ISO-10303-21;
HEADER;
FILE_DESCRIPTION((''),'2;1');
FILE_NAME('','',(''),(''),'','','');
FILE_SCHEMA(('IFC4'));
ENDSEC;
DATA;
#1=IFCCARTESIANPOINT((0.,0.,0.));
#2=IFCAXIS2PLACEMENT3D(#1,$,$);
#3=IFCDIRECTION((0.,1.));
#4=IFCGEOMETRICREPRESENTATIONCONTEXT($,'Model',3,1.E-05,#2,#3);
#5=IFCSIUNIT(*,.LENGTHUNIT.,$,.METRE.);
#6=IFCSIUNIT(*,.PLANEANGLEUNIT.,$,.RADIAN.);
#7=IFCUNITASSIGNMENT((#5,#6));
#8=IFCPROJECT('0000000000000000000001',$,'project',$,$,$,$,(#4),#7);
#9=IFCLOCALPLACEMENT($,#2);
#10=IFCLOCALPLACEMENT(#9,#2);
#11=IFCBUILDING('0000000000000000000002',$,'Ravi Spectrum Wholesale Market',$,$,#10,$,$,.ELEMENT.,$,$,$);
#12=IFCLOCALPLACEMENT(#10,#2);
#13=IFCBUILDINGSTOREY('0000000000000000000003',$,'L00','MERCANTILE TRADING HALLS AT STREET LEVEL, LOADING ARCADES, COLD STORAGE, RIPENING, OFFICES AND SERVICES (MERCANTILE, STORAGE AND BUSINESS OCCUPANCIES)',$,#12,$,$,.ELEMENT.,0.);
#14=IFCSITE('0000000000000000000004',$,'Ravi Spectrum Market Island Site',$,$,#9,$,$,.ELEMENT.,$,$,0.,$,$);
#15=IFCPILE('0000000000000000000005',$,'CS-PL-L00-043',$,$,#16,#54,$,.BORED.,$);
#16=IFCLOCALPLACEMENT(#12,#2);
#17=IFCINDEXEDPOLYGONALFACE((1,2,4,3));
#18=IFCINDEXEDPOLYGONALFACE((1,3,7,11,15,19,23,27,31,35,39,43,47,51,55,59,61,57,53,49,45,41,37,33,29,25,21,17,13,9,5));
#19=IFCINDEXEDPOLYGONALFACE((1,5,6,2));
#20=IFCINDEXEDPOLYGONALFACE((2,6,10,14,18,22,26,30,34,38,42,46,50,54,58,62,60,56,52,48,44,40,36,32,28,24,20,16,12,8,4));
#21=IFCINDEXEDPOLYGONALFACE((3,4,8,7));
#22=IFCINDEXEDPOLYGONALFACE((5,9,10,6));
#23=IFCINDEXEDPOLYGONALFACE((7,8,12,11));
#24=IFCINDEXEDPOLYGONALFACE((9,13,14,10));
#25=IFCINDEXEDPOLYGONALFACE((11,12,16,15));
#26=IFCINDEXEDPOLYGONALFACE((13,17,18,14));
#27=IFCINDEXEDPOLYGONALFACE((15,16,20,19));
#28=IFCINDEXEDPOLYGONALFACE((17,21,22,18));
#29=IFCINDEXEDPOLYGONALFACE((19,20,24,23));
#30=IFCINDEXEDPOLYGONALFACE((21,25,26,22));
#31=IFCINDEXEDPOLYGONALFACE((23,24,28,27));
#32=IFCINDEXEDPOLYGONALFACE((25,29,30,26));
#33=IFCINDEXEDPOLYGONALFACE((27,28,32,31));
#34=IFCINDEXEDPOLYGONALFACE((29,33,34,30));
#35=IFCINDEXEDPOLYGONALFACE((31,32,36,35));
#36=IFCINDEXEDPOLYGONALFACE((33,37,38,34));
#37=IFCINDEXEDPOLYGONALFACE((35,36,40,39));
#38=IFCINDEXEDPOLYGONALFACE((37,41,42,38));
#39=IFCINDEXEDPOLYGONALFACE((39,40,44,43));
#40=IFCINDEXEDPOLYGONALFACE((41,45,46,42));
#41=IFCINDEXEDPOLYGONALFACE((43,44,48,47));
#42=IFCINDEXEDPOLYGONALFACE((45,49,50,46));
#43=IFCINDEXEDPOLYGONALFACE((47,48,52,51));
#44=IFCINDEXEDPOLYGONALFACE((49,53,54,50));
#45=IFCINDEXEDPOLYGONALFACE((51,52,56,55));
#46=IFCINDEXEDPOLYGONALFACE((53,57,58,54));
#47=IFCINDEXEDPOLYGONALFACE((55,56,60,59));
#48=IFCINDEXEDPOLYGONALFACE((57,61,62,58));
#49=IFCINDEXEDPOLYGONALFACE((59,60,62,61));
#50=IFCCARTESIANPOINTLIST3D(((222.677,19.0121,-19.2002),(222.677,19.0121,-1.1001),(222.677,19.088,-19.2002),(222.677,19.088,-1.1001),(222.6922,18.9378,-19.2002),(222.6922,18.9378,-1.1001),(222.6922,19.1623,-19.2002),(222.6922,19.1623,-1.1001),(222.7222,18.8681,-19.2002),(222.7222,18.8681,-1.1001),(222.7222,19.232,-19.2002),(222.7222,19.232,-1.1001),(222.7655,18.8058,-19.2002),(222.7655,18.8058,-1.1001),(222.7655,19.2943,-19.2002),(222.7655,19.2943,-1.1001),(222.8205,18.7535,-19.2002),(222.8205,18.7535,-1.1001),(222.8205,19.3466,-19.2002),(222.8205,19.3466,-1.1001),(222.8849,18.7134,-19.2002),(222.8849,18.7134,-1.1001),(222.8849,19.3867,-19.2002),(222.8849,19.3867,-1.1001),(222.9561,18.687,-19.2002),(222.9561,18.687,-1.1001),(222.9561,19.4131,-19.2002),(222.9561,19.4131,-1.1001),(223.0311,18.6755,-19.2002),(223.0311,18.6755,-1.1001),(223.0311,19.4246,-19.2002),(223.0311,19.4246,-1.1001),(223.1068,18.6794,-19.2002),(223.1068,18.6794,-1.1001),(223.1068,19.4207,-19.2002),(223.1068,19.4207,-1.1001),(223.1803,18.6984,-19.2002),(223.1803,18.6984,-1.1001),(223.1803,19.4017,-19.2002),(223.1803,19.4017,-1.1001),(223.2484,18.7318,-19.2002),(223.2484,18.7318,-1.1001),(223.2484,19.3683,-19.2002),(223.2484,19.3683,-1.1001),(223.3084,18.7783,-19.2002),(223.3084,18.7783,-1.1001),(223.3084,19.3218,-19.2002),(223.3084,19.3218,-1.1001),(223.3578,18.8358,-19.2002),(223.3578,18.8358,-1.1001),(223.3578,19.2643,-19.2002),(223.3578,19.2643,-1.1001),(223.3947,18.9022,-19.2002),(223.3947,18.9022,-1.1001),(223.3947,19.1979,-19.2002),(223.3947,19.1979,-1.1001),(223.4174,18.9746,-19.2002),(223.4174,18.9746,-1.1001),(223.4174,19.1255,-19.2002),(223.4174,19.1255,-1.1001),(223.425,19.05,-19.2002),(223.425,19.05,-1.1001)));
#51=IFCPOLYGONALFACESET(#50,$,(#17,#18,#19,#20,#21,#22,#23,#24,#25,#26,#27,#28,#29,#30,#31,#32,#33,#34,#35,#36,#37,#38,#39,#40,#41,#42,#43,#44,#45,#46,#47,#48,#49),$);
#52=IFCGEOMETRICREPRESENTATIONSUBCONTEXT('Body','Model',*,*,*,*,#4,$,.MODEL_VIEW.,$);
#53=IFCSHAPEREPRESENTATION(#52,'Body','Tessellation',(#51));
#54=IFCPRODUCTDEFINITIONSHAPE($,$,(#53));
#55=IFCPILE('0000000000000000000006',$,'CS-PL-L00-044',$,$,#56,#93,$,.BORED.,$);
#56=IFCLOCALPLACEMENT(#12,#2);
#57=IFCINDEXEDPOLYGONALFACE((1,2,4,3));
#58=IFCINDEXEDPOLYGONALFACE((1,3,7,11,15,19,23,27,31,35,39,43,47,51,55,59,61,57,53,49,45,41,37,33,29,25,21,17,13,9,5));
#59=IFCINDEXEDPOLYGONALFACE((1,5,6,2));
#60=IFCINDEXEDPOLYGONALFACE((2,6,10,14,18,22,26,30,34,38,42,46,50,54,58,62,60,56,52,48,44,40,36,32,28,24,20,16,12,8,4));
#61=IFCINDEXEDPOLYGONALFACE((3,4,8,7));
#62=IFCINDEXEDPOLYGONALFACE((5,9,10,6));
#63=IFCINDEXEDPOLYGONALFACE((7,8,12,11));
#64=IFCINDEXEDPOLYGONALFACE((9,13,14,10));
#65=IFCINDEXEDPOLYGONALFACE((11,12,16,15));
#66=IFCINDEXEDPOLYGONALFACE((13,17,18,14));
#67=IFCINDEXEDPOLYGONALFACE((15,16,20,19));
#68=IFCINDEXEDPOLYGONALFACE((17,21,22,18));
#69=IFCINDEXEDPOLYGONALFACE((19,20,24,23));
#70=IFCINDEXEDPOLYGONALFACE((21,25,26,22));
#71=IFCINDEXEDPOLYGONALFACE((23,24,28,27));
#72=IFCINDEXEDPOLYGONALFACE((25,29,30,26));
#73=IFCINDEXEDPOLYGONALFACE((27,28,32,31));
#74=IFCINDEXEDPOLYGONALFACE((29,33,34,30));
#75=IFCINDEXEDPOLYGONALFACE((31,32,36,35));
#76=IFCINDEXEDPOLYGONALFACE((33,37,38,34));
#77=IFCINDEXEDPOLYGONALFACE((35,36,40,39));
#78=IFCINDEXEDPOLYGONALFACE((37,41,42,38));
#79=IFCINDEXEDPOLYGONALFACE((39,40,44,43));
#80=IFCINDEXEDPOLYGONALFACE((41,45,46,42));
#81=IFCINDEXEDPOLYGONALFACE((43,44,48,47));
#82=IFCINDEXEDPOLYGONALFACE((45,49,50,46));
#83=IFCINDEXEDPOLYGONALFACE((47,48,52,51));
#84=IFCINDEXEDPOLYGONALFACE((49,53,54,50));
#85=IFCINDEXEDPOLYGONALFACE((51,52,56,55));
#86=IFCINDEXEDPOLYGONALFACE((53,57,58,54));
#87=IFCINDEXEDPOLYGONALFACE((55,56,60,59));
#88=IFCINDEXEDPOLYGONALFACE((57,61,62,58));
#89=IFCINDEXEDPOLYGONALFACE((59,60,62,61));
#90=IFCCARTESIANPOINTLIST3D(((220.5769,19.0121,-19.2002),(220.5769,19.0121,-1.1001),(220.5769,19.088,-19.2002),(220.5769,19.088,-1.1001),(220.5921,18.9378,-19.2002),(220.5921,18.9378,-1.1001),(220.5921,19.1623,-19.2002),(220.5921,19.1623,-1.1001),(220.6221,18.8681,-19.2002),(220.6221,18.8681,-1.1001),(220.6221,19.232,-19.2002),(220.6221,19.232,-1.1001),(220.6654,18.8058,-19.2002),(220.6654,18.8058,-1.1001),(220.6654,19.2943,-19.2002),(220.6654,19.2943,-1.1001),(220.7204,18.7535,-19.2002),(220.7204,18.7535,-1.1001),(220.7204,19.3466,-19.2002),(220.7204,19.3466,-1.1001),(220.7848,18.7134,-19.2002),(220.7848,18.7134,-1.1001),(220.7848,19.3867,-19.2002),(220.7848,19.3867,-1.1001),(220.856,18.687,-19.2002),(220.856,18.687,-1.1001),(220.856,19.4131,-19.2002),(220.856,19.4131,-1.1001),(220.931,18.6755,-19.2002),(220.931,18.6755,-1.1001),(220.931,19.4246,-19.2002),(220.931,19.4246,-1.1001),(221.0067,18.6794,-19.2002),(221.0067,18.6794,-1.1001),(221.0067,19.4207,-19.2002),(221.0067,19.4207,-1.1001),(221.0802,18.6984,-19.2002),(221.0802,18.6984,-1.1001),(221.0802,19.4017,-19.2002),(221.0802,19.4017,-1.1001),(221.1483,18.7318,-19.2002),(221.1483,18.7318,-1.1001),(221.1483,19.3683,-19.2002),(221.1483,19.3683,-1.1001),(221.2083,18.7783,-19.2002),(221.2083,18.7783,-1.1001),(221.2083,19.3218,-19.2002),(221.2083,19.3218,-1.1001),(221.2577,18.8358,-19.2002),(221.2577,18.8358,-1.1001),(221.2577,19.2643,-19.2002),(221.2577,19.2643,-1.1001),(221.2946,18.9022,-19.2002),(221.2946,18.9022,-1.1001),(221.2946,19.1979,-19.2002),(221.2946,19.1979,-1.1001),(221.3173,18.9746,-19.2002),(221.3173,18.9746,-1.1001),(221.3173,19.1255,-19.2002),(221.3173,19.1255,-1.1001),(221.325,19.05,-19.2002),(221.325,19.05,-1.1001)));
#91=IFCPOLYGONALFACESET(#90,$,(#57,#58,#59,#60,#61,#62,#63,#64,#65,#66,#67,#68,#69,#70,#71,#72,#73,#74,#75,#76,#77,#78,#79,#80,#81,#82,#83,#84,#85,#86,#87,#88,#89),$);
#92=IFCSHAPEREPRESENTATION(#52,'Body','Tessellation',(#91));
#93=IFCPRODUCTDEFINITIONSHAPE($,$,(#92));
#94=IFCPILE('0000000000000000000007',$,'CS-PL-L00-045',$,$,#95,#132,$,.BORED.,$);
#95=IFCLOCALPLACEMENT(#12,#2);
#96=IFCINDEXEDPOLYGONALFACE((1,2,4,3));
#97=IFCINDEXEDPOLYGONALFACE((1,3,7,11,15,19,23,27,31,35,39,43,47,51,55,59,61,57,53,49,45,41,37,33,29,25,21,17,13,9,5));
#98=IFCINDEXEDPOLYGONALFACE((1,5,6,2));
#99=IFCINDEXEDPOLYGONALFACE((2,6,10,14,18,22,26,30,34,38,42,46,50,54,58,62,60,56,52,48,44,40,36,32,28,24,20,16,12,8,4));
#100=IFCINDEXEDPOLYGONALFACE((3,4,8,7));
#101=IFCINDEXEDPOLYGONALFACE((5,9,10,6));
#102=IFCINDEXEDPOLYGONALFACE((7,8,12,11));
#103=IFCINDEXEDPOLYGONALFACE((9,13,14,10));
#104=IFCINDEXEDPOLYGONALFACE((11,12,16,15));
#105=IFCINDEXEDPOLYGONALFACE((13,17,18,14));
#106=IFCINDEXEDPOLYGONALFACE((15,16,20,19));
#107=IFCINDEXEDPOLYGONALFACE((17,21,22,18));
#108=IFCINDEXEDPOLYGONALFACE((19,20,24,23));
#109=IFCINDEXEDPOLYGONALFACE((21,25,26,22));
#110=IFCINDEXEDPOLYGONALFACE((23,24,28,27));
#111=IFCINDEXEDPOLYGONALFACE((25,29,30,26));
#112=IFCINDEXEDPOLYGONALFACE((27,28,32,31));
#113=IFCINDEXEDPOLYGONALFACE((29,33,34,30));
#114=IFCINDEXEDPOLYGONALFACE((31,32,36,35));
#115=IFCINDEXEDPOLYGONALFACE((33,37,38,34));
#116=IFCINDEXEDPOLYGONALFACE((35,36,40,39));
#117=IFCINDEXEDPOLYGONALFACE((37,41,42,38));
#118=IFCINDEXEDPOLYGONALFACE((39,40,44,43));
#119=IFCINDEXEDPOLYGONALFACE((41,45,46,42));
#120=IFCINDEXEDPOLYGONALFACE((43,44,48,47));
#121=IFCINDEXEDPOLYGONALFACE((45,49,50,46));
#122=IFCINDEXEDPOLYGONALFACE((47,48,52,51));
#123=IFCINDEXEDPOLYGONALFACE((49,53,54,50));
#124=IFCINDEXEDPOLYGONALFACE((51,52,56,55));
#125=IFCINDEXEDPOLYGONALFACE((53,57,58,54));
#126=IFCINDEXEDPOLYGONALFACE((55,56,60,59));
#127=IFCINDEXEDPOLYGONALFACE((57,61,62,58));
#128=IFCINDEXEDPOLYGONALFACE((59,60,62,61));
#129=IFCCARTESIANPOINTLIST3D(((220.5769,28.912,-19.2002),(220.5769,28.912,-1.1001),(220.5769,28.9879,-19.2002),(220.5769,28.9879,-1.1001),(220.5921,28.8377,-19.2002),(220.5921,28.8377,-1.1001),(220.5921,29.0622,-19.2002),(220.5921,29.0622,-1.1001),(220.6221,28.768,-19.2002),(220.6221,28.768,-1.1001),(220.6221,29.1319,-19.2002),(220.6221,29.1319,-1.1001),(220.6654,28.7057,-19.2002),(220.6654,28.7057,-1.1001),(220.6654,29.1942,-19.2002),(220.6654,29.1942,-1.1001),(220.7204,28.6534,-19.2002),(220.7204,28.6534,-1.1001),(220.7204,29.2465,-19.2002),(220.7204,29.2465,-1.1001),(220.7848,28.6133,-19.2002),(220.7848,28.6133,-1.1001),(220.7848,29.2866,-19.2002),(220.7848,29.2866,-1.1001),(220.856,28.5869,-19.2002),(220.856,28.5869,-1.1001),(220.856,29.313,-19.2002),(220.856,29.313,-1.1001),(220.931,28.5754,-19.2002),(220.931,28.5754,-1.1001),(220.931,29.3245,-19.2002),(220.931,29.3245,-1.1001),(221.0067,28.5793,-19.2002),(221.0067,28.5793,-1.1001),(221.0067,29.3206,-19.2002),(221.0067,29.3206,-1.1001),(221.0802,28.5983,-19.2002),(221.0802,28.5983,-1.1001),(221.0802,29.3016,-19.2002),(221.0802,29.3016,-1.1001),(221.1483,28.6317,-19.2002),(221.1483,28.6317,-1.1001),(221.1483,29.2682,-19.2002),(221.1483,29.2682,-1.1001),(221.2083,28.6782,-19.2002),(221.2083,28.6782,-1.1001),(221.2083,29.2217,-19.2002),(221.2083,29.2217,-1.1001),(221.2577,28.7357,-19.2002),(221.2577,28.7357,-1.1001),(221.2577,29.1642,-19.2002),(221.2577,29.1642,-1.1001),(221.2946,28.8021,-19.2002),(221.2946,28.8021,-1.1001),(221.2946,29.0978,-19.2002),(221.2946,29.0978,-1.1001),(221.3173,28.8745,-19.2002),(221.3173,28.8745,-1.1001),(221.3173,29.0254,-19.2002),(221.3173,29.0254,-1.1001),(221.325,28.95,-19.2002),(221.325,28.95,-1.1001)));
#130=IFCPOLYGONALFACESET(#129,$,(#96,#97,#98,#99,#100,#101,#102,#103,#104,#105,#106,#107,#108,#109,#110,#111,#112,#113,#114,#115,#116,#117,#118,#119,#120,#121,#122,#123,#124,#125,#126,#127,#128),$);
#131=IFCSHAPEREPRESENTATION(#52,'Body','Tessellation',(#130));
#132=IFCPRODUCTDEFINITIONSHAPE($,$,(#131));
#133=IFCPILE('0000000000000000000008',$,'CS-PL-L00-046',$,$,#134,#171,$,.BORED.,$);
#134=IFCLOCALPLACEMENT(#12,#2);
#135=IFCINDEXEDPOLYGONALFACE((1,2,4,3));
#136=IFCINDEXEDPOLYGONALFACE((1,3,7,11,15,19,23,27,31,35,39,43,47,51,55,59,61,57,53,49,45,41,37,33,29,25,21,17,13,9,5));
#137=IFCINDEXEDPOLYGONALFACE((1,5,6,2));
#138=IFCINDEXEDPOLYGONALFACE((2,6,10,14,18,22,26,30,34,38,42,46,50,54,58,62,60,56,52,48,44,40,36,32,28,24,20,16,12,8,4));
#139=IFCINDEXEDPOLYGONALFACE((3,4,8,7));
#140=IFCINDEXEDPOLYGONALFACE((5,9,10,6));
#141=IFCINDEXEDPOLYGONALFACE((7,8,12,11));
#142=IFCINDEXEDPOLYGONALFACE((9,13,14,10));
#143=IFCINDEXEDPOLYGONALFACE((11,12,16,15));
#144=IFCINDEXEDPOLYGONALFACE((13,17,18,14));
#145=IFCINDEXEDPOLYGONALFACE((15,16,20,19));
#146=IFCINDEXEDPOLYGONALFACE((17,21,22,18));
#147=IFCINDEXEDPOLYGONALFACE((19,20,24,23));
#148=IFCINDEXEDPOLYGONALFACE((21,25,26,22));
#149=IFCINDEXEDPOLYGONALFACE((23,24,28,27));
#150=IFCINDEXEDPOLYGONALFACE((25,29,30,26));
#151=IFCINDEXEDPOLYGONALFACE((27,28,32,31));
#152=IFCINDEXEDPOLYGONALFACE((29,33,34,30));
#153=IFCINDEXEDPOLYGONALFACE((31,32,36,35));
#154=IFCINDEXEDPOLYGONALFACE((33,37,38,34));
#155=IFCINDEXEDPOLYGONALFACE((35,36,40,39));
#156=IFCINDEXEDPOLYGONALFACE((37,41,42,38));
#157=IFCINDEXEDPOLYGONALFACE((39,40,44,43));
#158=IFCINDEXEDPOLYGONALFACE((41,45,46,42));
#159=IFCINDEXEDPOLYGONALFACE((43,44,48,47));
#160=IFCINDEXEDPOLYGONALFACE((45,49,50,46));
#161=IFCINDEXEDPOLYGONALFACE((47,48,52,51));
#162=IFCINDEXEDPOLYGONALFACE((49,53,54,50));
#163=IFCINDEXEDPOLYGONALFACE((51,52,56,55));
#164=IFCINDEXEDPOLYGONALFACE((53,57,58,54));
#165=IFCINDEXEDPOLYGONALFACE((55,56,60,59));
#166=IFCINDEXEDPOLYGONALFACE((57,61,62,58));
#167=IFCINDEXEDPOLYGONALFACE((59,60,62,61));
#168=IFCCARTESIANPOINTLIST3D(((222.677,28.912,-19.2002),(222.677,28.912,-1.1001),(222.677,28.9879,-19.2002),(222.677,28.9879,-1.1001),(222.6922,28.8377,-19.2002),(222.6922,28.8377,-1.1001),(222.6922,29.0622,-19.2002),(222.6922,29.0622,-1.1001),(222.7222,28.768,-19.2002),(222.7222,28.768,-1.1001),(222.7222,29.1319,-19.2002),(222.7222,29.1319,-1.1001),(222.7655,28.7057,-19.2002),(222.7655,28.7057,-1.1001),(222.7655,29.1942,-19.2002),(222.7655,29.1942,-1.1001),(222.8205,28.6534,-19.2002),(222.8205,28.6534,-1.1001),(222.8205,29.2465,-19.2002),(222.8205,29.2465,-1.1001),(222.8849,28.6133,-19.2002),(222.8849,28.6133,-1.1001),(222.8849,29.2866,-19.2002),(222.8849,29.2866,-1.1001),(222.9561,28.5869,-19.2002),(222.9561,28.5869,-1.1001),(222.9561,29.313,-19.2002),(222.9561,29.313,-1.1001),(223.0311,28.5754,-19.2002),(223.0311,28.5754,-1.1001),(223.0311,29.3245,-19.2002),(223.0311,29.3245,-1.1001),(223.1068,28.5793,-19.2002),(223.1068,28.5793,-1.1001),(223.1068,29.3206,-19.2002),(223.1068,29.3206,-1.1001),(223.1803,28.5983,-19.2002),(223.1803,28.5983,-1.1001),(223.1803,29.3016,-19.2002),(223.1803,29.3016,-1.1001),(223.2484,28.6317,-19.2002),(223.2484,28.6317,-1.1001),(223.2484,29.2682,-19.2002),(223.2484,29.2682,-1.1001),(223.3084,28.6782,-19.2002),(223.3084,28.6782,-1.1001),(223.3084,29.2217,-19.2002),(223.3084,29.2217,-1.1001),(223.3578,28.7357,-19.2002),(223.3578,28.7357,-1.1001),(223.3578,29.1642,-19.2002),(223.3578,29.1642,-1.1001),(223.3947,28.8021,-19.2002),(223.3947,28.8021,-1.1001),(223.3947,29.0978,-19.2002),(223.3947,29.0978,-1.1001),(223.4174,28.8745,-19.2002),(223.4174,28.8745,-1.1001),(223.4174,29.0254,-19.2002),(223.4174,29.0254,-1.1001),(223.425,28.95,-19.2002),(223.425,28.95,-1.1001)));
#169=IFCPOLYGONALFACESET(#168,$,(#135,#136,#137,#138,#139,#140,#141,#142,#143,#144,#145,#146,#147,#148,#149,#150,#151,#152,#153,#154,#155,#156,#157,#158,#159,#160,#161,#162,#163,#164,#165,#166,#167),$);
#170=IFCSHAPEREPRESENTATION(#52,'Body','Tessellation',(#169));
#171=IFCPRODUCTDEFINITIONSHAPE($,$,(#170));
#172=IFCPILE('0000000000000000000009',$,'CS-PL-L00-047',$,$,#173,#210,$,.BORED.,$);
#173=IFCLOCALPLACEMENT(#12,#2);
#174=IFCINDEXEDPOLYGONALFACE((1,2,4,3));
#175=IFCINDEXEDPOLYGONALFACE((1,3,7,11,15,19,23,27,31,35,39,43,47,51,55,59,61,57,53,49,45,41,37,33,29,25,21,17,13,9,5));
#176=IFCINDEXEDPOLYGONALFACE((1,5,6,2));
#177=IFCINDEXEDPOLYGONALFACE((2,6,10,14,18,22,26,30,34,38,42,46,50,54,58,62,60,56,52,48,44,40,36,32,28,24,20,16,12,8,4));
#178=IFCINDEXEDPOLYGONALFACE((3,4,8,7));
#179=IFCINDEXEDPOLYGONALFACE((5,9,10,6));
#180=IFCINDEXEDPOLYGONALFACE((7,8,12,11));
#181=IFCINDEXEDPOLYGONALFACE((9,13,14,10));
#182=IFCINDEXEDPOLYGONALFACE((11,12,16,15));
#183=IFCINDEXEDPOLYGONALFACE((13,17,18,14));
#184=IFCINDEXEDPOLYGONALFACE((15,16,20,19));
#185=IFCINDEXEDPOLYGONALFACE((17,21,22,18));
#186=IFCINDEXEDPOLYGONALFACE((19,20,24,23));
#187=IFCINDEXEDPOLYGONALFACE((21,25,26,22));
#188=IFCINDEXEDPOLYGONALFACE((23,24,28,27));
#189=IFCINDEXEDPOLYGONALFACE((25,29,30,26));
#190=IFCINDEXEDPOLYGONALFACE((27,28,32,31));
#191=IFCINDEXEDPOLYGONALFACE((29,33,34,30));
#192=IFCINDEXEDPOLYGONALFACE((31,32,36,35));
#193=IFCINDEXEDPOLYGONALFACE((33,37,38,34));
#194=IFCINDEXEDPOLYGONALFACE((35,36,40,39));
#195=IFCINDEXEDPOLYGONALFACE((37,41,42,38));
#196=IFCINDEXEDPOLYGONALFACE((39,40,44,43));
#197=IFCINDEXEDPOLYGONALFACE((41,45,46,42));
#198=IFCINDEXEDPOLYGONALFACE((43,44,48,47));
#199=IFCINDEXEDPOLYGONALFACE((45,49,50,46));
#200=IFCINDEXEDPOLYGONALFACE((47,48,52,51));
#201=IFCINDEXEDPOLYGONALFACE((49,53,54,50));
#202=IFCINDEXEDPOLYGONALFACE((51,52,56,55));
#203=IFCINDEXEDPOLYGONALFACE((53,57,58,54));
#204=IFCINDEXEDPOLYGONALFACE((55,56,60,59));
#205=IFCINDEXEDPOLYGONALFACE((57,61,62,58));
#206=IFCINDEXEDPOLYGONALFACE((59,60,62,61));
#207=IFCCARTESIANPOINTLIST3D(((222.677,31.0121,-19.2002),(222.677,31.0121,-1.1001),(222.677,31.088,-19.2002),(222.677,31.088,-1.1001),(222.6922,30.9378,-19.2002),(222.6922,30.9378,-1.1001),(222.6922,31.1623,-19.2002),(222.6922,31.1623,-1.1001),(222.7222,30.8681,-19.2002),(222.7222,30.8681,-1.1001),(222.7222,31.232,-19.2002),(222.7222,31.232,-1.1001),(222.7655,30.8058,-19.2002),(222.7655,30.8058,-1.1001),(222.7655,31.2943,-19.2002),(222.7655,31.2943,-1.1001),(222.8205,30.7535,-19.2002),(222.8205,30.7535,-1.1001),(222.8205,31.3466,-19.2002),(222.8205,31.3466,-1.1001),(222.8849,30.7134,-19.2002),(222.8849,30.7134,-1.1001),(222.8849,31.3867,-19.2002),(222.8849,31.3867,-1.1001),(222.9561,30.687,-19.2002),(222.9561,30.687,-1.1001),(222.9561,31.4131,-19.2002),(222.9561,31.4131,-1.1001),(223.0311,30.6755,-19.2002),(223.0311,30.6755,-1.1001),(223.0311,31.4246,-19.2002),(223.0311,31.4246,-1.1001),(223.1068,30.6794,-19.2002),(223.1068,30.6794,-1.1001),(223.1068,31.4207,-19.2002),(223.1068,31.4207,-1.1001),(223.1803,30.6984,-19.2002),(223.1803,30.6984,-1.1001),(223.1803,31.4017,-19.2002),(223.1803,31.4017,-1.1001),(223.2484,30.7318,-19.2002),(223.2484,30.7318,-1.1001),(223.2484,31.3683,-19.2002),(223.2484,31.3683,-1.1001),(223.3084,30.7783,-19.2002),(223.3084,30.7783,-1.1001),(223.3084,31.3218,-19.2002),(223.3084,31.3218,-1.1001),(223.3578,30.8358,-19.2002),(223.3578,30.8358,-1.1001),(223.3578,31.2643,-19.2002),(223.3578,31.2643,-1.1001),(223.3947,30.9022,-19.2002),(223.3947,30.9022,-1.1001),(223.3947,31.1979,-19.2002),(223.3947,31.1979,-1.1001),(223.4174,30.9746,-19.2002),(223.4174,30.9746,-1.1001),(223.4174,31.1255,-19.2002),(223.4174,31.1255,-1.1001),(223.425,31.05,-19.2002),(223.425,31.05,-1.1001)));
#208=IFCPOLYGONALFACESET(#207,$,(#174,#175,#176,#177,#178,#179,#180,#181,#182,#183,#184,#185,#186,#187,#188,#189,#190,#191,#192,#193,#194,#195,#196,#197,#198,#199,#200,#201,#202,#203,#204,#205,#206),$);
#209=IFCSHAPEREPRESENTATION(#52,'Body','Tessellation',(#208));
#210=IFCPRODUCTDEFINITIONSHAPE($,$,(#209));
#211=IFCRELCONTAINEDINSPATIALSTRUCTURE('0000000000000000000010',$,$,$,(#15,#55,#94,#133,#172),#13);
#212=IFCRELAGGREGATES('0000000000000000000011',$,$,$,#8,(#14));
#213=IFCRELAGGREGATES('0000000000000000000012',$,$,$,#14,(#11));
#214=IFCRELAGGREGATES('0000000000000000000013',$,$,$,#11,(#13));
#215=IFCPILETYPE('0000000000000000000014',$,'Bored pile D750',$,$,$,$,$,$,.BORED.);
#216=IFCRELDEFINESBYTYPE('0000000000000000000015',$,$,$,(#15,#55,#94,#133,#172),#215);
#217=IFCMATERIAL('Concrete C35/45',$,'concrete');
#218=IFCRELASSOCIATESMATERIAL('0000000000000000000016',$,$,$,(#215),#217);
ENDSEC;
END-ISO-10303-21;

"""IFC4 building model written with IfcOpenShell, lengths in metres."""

from ifc_helpers import new_model, si_unit, direction, frame, origin, origin_2d, place, context, subcontext, project, spatial, circle, extrude, material, material_profile, profile_set, type_object, element, save


model = new_model("IFC4")

# Units and contexts
model_context = context("Model", 3, precision=1e-05, world=origin(), true_north=direction((0.0, 1.0)))
body_context = subcontext(model_context, "Body", "Model", "MODEL_VIEW")
ifc_project = project(units=[si_unit("LENGTHUNIT", "METRE"), si_unit("PLANEANGLEUNIT", "RADIAN")], contexts=[model_context])

# Site, building, storey
site_placement = place(None, origin())
site = spatial("IfcSite", under=ifc_project, at=site_placement, Name="Ravi Spectrum Market Island Site", CompositionType="ELEMENT", RefElevation=0.0)
building_placement = place(site_placement, origin())
building = spatial("IfcBuilding", under=site, at=building_placement, Name="Ravi Spectrum Wholesale Market", CompositionType="ELEMENT")
storey_placement = place(building_placement, origin())
storey = spatial("IfcBuildingStorey", under=building, at=storey_placement, Name="L00", Description="MERCANTILE TRADING HALLS AT STREET LEVEL, LOADING ARCADES, COLD STORAGE, RIPENING, OFFICES AND SERVICES (MERCANTILE, STORAGE AND BUSINESS OCCUPANCIES)", CompositionType="ELEMENT", Elevation=0.0)

# Piles
ifc_material_1 = material(Name="Concrete C35/45", Category="concrete")
ifc_material_profile_1 = material_profile(ifc_material_1, circle(Radius=0.375, at=origin_2d()))
ifc_profile_set_1 = profile_set([ifc_material_profile_1], Name="Concrete C35/45")
pile_type = type_object("IfcPileType", Name="Bored pile D750", PredefinedType="BORED", material=ifc_profile_set_1)
for number, where, z_axis, x_axis, name in (
    (1, (223.05, 19.05, -1.1001), (0.0, 0.0, -1.0), (1.0, 0.0, 0.0), "CS-PL-L00-043"),
    (2, (220.95, 19.05, -1.1001), (0.0, 0.0, -1.0), (1.0, 0.0, 0.0), "CS-PL-L00-044"),
    (3, (220.95, 28.95, -1.1001), (0.0, 0.0, -1.0), (1.0, 0.0, 0.0), "CS-PL-L00-045"),
    (4, (223.05, 28.95, -1.1001), (0.0, 0.0, -1.0), (1.0, 0.0, 0.0), "CS-PL-L00-046"),
    (5, (223.05, 31.05, -1.1001), (0.0, 0.0, -1.0), (1.0, 0.0, 0.0), "CS-PL-L00-047"),
):
    element("IfcPile", number, at=place(storey_placement, frame(where, z_axis=z_axis, x_axis=x_axis)), inside=storey, type_object=pile_type, Name=name, PredefinedType="BORED", context=body_context, shape_type="SweptSolid", body=[
        extrude(circle(Radius=0.375, at=origin_2d()), origin(), (0.0, 0.0, 1.0), 18.1001),
    ])

save(model, "model.ifc")
